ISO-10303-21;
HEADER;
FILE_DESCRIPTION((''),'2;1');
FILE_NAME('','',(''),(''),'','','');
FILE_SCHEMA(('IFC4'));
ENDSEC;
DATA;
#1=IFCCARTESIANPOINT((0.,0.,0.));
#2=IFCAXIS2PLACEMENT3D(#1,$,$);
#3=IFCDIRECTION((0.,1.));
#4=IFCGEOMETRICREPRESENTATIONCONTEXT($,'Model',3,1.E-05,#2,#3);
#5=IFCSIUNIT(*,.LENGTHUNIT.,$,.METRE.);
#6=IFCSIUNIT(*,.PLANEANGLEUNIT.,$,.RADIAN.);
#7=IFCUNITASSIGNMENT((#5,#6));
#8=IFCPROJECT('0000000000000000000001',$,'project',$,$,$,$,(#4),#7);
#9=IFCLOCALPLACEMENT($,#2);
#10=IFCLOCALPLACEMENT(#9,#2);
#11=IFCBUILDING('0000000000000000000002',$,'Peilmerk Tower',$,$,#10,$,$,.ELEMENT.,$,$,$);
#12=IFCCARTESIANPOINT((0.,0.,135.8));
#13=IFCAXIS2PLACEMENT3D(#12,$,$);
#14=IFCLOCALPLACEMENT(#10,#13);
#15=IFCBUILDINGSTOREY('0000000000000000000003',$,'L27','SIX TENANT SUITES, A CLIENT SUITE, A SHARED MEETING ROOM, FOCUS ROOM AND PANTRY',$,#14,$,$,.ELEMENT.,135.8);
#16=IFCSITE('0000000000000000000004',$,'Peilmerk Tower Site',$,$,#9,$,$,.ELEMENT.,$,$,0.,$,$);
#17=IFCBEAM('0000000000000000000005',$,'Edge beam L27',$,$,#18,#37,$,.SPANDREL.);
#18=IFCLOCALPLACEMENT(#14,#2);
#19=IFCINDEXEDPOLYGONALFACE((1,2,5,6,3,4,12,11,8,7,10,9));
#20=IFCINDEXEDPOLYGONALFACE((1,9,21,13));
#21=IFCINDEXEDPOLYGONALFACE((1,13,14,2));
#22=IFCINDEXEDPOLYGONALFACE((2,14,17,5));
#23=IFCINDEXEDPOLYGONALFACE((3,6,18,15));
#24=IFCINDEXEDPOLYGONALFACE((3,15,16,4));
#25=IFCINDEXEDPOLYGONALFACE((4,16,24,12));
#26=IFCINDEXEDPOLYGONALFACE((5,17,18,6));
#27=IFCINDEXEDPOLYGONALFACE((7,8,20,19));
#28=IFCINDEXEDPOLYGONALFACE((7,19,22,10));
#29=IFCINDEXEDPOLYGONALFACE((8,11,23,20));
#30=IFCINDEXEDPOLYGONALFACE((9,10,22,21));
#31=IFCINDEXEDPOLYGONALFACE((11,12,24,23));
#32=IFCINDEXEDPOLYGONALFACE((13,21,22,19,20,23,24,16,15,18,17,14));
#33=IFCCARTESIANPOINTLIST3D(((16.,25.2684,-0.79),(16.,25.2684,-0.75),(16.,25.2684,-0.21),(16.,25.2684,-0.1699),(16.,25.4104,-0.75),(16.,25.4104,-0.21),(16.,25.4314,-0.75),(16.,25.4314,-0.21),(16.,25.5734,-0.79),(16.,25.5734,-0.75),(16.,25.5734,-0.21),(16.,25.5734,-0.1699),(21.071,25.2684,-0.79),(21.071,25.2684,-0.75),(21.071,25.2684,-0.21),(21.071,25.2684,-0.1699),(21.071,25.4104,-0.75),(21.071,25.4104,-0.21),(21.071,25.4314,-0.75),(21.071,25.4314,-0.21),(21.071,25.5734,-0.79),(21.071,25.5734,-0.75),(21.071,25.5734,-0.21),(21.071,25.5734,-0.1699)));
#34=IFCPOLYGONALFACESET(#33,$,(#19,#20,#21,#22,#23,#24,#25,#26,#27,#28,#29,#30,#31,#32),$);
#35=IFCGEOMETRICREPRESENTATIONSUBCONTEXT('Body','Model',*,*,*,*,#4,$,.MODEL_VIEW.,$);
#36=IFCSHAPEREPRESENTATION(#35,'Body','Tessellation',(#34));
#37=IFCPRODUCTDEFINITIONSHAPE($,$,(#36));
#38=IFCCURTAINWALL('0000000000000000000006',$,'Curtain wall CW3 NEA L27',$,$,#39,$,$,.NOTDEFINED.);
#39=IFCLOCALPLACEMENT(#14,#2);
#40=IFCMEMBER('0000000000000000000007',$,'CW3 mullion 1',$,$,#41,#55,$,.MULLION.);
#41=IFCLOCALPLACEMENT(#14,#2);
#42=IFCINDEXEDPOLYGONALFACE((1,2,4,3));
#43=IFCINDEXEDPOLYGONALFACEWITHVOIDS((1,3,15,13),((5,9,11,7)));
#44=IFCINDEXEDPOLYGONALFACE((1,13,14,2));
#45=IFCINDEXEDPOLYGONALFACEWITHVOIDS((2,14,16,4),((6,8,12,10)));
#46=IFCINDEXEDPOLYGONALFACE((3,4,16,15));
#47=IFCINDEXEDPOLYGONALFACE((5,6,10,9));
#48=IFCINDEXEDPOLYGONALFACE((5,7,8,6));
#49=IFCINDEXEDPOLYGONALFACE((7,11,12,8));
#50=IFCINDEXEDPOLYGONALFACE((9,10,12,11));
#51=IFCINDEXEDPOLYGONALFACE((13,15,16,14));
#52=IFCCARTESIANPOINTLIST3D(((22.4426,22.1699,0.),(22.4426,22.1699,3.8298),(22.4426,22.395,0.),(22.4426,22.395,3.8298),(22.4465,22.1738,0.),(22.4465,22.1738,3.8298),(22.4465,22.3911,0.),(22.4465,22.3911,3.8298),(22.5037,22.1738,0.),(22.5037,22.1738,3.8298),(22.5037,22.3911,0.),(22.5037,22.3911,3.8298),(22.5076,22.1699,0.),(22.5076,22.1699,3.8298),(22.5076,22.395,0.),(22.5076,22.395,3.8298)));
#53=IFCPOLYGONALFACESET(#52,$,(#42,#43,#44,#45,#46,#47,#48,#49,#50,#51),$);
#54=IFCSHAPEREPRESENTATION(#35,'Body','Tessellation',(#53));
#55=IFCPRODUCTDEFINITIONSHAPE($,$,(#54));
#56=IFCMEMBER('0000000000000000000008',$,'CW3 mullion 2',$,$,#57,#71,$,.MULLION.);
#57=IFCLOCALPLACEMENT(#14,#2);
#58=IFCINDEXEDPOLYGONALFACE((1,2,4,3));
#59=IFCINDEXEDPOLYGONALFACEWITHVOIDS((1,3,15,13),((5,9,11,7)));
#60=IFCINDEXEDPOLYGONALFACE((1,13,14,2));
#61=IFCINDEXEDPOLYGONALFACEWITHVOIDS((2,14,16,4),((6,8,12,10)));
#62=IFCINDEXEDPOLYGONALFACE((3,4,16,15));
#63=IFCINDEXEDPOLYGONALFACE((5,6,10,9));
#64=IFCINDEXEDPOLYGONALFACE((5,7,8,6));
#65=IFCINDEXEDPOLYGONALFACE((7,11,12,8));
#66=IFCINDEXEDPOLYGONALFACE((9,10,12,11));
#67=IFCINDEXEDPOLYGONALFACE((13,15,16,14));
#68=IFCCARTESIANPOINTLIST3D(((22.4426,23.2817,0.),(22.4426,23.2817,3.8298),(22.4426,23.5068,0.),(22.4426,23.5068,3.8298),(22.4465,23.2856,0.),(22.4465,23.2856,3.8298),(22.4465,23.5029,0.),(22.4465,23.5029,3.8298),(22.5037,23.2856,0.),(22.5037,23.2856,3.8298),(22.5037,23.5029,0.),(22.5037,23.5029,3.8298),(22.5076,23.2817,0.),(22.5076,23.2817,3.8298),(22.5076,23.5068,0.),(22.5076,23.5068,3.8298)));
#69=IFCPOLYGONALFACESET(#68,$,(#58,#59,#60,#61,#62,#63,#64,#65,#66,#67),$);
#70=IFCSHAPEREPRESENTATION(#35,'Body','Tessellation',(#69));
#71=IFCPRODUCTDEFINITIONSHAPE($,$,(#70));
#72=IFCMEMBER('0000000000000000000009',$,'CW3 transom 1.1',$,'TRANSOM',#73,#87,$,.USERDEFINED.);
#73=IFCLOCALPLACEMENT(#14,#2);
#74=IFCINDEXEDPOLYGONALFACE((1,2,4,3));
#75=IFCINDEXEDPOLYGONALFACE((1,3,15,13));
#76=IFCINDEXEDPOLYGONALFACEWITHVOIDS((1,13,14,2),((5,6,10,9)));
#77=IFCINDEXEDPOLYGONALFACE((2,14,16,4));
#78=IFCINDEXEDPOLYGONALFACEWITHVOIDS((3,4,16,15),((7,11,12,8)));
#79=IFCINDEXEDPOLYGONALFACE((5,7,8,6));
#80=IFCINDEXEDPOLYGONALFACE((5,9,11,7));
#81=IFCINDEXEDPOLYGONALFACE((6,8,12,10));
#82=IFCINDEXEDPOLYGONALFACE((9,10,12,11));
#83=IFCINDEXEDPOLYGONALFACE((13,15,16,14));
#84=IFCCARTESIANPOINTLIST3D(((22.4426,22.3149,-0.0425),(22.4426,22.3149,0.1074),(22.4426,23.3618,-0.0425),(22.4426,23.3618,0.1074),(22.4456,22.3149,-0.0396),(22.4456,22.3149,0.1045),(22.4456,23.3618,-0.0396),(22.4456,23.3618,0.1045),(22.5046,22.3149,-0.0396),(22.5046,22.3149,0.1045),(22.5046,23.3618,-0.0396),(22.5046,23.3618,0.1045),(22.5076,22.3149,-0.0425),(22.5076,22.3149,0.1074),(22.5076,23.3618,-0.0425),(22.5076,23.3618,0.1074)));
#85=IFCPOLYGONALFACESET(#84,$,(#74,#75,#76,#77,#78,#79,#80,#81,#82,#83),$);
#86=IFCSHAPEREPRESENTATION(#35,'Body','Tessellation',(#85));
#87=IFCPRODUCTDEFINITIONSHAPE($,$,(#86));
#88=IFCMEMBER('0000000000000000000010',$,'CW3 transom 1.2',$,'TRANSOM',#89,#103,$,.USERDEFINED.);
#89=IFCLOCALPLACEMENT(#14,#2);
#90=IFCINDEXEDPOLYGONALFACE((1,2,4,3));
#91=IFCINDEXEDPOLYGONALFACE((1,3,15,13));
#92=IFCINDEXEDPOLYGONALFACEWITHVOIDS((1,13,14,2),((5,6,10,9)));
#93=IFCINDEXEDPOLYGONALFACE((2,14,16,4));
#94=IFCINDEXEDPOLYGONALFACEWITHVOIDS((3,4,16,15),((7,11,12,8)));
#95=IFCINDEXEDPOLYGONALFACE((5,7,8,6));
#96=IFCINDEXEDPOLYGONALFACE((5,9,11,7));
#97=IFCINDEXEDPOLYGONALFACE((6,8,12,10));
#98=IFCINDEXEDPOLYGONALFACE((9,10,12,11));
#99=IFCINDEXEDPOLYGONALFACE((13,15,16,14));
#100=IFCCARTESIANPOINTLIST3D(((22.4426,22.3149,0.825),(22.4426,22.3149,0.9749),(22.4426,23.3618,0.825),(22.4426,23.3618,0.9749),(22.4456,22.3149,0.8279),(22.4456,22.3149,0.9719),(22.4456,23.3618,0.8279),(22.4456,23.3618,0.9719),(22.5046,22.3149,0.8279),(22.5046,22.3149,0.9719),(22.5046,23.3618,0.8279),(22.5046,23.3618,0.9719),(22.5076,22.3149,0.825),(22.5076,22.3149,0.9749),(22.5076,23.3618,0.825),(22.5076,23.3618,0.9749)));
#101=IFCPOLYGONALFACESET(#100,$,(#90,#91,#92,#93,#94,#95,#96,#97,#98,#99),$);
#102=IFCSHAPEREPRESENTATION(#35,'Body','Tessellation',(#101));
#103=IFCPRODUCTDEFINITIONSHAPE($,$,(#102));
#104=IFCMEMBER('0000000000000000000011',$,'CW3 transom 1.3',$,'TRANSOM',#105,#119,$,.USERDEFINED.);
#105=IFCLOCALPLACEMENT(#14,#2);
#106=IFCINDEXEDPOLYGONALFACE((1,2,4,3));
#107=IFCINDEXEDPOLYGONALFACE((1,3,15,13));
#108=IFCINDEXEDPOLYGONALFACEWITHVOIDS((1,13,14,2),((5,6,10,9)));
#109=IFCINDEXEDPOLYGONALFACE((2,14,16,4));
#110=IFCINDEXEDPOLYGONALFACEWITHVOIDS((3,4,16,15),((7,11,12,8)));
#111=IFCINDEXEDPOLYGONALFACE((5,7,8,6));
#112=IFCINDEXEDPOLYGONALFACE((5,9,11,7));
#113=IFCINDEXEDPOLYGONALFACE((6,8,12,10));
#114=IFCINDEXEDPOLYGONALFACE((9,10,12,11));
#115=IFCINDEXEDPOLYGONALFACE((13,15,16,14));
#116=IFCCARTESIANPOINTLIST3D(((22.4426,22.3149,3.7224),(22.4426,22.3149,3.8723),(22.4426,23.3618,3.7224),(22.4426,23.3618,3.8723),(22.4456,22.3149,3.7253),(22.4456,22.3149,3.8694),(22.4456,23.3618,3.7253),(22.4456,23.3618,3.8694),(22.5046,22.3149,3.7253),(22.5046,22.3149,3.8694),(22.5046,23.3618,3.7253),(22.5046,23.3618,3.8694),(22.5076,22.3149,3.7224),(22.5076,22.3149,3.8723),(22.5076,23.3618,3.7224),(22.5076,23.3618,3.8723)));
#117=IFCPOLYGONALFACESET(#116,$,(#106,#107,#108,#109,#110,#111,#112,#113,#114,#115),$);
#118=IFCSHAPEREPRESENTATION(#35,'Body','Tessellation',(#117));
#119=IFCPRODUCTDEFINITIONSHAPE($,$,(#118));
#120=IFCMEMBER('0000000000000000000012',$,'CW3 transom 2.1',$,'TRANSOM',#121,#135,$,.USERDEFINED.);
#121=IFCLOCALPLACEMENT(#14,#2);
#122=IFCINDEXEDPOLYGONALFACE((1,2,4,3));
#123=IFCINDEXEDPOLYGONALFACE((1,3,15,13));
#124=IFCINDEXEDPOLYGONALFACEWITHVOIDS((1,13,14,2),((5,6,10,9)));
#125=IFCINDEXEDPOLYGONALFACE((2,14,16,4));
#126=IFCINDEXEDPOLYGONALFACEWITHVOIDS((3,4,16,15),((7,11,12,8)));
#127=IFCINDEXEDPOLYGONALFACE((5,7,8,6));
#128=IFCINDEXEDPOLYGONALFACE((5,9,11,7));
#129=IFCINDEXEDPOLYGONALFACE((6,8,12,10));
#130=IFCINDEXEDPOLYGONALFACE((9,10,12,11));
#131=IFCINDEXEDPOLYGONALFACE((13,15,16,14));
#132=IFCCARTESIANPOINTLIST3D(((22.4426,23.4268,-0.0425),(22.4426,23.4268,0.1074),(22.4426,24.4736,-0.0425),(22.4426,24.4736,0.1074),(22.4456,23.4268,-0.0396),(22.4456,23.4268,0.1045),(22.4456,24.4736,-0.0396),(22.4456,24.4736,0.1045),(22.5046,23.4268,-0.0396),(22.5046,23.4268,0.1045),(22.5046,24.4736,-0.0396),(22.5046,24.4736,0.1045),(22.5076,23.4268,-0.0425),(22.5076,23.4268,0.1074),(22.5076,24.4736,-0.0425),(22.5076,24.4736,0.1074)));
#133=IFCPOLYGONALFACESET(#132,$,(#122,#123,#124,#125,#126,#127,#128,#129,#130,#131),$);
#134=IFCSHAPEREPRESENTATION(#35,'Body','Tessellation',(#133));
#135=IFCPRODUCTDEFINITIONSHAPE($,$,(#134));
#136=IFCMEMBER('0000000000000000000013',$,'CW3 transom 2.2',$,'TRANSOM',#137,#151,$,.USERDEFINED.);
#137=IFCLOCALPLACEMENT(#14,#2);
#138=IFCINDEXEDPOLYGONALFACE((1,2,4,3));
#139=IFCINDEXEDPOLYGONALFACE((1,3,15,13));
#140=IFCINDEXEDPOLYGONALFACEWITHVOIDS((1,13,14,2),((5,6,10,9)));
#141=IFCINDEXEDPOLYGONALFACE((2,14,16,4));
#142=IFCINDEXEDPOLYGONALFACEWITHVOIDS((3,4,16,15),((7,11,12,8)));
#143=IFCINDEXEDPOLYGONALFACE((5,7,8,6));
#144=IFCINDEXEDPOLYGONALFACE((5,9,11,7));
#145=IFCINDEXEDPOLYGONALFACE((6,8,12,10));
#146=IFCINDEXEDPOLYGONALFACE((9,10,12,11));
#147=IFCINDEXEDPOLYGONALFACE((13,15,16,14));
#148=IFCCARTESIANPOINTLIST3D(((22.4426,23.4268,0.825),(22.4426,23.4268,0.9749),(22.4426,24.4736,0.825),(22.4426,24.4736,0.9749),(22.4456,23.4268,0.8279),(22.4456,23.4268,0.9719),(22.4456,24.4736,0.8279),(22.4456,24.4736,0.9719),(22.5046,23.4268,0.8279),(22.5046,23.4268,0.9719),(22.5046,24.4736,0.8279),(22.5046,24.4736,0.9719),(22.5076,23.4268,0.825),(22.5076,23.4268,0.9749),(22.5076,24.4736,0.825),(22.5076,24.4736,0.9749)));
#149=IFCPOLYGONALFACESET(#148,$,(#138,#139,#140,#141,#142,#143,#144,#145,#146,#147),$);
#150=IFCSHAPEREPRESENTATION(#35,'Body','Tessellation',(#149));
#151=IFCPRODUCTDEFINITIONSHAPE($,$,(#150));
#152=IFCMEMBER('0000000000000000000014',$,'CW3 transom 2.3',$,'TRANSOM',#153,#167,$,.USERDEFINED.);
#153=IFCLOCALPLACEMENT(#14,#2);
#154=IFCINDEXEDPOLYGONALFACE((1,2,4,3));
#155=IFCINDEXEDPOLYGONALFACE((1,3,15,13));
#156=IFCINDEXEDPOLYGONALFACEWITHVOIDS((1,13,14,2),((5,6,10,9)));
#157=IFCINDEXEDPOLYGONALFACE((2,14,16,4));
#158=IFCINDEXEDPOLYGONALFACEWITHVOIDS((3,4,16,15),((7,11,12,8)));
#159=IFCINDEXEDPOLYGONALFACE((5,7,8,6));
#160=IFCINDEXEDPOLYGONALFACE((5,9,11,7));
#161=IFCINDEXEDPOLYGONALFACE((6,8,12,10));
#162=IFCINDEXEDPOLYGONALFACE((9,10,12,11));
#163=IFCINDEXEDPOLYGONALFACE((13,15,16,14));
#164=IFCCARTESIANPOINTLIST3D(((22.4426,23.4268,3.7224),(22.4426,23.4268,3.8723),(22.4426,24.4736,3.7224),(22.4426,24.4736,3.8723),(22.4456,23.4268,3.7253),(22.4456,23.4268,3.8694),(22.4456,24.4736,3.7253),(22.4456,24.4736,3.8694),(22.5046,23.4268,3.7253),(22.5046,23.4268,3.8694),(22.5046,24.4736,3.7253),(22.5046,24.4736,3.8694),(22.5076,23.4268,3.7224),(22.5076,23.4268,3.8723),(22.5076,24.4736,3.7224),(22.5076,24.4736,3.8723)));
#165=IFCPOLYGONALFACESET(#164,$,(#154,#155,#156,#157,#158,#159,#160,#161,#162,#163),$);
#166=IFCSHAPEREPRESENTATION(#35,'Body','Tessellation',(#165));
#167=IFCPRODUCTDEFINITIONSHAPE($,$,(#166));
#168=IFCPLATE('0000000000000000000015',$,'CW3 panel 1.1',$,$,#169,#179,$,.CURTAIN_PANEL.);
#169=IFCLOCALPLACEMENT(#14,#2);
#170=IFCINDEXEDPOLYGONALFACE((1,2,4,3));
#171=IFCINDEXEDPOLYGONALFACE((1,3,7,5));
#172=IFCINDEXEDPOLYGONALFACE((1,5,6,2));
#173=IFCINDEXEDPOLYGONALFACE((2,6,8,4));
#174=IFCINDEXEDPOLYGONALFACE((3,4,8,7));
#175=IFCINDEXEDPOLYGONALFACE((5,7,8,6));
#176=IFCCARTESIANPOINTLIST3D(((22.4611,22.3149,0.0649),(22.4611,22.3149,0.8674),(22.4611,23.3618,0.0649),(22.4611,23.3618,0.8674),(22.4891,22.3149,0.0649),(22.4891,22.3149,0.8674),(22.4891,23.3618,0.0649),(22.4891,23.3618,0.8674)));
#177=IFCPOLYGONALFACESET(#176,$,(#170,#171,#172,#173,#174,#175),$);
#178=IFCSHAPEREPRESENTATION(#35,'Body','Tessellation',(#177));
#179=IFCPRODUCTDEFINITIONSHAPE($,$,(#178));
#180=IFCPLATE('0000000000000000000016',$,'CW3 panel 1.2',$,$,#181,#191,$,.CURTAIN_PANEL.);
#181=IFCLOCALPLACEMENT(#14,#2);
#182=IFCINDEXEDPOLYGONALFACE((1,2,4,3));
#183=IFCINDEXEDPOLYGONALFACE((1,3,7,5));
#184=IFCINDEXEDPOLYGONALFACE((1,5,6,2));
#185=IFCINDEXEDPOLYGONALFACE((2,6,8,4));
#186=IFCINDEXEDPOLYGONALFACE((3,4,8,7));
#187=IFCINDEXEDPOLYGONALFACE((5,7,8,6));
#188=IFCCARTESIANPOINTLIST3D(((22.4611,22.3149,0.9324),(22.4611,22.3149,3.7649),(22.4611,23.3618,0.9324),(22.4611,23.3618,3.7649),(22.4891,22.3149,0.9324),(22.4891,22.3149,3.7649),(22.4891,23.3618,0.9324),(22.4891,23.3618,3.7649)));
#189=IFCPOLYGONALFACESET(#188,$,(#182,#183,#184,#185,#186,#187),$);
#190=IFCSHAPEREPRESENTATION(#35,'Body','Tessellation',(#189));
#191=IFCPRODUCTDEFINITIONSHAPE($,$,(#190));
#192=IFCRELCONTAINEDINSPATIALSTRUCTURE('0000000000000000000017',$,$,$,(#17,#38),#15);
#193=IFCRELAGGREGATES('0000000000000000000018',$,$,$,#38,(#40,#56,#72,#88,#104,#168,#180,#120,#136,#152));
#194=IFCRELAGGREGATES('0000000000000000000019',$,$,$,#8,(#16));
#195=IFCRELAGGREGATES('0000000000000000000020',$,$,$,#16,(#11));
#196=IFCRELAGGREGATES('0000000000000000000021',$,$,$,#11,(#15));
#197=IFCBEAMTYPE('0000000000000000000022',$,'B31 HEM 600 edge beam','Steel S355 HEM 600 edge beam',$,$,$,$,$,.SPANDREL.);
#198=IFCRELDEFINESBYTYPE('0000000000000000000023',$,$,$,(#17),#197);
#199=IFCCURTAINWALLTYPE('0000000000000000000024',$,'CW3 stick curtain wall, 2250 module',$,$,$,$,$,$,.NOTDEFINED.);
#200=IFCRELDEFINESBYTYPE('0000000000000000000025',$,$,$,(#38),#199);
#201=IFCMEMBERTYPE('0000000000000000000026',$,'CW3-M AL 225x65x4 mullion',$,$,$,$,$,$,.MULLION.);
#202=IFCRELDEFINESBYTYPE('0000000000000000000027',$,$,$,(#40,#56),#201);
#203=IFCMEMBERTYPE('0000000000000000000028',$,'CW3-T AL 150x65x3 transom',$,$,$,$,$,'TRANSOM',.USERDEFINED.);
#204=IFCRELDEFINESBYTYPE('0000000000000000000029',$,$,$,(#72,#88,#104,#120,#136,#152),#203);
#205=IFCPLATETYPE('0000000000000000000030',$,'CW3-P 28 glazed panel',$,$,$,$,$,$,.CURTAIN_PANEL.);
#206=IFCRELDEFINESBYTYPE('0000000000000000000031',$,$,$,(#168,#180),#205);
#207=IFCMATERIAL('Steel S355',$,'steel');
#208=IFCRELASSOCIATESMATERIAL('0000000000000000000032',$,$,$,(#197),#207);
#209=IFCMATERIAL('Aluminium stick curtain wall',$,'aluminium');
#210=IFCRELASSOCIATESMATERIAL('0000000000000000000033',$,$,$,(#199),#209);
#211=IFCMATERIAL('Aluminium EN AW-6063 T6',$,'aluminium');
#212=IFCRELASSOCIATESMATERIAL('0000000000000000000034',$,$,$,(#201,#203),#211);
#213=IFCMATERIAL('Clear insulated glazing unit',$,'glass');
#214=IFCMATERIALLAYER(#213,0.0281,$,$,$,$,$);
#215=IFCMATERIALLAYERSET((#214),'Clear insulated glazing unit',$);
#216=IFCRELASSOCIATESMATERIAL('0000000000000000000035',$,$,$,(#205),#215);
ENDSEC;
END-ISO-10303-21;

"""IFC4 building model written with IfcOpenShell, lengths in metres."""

from ifc_helpers import new_model, si_unit, direction, frame, origin, origin_2d, place, context, subcontext, project, spatial, rectangle, hollow_rectangle, i_section, extrude, material, layer, layer_set, material_profile, profile_set, type_object, element, aggregate, save


model = new_model("IFC4")

# Units and contexts
model_context = context("Model", 3, precision=1e-05, world=origin(), true_north=direction((0.0, 1.0)))
body_context = subcontext(model_context, "Body", "Model", "MODEL_VIEW")
ifc_project = project(units=[si_unit("LENGTHUNIT", "METRE"), si_unit("PLANEANGLEUNIT", "RADIAN")], contexts=[model_context])

# Site, building, storey
site_placement = place(None, origin())
site = spatial("IfcSite", under=ifc_project, at=site_placement, Name="Peilmerk Tower Site", CompositionType="ELEMENT", RefElevation=0.0)
building_placement = place(site_placement, origin())
building = spatial("IfcBuilding", under=site, at=building_placement, Name="Peilmerk Tower", CompositionType="ELEMENT")
storey_placement = place(building_placement, frame((0.0, 0.0, 135.8)))
storey = spatial("IfcBuildingStorey", under=building, at=storey_placement, Name="L27", Description="SIX TENANT SUITES, A CLIENT SUITE, A SHARED MEETING ROOM, FOCUS ROOM AND PANTRY", CompositionType="ELEMENT", Elevation=135.8)

# Beam
ifc_material_1 = material(Name="Steel S355", Category="steel")
ifc_material_profile_1 = material_profile(ifc_material_1, i_section(OverallWidth=0.3049, OverallDepth=0.6201, WebThickness=0.021, FlangeThickness=0.04, at=origin_2d()), Name="HEM 600")
ifc_profile_set_1 = profile_set([ifc_material_profile_1], Name="Steel S355")
beam_type_1 = type_object("IfcBeamType", Name="B31 HEM 600 edge beam", Description="Steel S355 HEM 600 edge beam", PredefinedType="SPANDREL", material=ifc_profile_set_1)
beam_1_placement = place(storey_placement, frame((21.071, 25.4209, -0.48), z_axis=(-1.0, 0.0, 0.0), x_axis=(0.0, -1.0, 0.0)))
element("IfcBeam", 1, at=beam_1_placement, inside=storey, type_object=beam_type_1, Name="Edge beam L27", PredefinedType="SPANDREL", context=body_context, shape_type="SweptSolid", body=[
    extrude(i_section(OverallWidth=0.3049, OverallDepth=0.6201, WebThickness=0.021, FlangeThickness=0.04, at=origin_2d()), origin(), (0.0, 0.0, 1.0), 5.071),
])

# Curtain wall, members, plates
ifc_material_2 = material(Name="Aluminium stick curtain wall", Category="aluminium")
curtain_wall_type = type_object("IfcCurtainWallType", Name="CW3 stick curtain wall, 2250 module", PredefinedType="NOTDEFINED", material=ifc_material_2)
curtain_wall_placement = place(storey_placement, origin())
curtain_wall = element("IfcCurtainWall", 2, at=curtain_wall_placement, inside=storey, type_object=curtain_wall_type, Name="Curtain wall CW3 NEA L27", PredefinedType="NOTDEFINED")
ifc_material_3 = material(Name="Aluminium EN AW-6063 T6", Category="aluminium")
ifc_material_profile_2 = material_profile(ifc_material_3, hollow_rectangle(XDim=0.0649, YDim=0.2251, WallThickness=0.0039, at=origin_2d()), Name="AL 225x65x4")
ifc_profile_set_2 = profile_set([ifc_material_profile_2], Name="Aluminium EN AW-6063 T6")
member_type_1 = type_object("IfcMemberType", Name="CW3-M AL 225x65x4 mullion", PredefinedType="MULLION", material=ifc_profile_set_2)
member_1_placement = place(storey_placement, frame((22.4751, 22.2825, 0.0), z_axis=(0.0, 0.0, 1.0), x_axis=(-1.0, 0.0, 0.0)))
member_1 = element("IfcMember", 3, at=member_1_placement, type_object=member_type_1, Name="CW3 mullion 1", PredefinedType="MULLION", context=body_context, shape_type="SweptSolid", body=[
    extrude(hollow_rectangle(XDim=0.0649, YDim=0.2251, WallThickness=0.0039, at=origin_2d()), origin(), (0.0, 0.0, 1.0), 3.8298),
])
member_2_placement = place(storey_placement, frame((22.4751, 23.3943, 0.0), z_axis=(0.0, 0.0, 1.0), x_axis=(-1.0, 0.0, 0.0)))
member_2 = element("IfcMember", 4, at=member_2_placement, type_object=member_type_1, Name="CW3 mullion 2", PredefinedType="MULLION", context=body_context, shape_type="SweptSolid", body=[
    extrude(hollow_rectangle(XDim=0.0649, YDim=0.2251, WallThickness=0.0039, at=origin_2d()), origin(), (0.0, 0.0, 1.0), 3.8298),
])
ifc_material_profile_3 = material_profile(ifc_material_3, hollow_rectangle(XDim=0.0649, YDim=0.1499, WallThickness=0.0029, at=origin_2d()), Name="AL 150x65x3")
ifc_profile_set_3 = profile_set([ifc_material_profile_3], Name="Aluminium EN AW-6063 T6")
member_type_2 = type_object("IfcMemberType", Name="CW3-T AL 150x65x3 transom", ElementType="TRANSOM", PredefinedType="USERDEFINED", material=ifc_profile_set_3)
member_3_placement = place(storey_placement, frame((22.4751, 22.3149, 0.0325), z_axis=(0.0, 1.0, 0.0), x_axis=(-1.0, 0.0, 0.0)))
member_3 = element("IfcMember", 5, at=member_3_placement, type_object=member_type_2, Name="CW3 transom 1.1", ObjectType="TRANSOM", PredefinedType="USERDEFINED", context=body_context, shape_type="SweptSolid", body=[
    extrude(hollow_rectangle(XDim=0.0649, YDim=0.1499, WallThickness=0.0029, at=origin_2d()), origin(), (0.0, 0.0, 1.0), 1.0469),
])
member_4_placement = place(storey_placement, frame((22.4751, 22.3149, 0.8999), z_axis=(0.0, 1.0, 0.0), x_axis=(-1.0, 0.0, 0.0)))
member_4 = element("IfcMember", 6, at=member_4_placement, type_object=member_type_2, Name="CW3 transom 1.2", ObjectType="TRANSOM", PredefinedType="USERDEFINED", context=body_context, shape_type="SweptSolid", body=[
    extrude(hollow_rectangle(XDim=0.0649, YDim=0.1499, WallThickness=0.0029, at=origin_2d()), origin(), (0.0, 0.0, 1.0), 1.0469),
])
member_5_placement = place(storey_placement, frame((22.4751, 22.3149, 3.7974), z_axis=(0.0, 1.0, 0.0), x_axis=(-1.0, 0.0, 0.0)))
member_5 = element("IfcMember", 7, at=member_5_placement, type_object=member_type_2, Name="CW3 transom 1.3", ObjectType="TRANSOM", PredefinedType="USERDEFINED", context=body_context, shape_type="SweptSolid", body=[
    extrude(hollow_rectangle(XDim=0.0649, YDim=0.1499, WallThickness=0.0029, at=origin_2d()), origin(), (0.0, 0.0, 1.0), 1.0469),
])
member_6_placement = place(storey_placement, frame((22.4751, 23.4268, 0.0325), z_axis=(0.0, 1.0, 0.0), x_axis=(-1.0, 0.0, 0.0)))
member_6 = element("IfcMember", 8, at=member_6_placement, type_object=member_type_2, Name="CW3 transom 2.1", ObjectType="TRANSOM", PredefinedType="USERDEFINED", context=body_context, shape_type="SweptSolid", body=[
    extrude(hollow_rectangle(XDim=0.0649, YDim=0.1499, WallThickness=0.0029, at=origin_2d()), origin(), (0.0, 0.0, 1.0), 1.0469),
])
member_7_placement = place(storey_placement, frame((22.4751, 23.4268, 0.8999), z_axis=(0.0, 1.0, 0.0), x_axis=(-1.0, 0.0, 0.0)))
member_7 = element("IfcMember", 9, at=member_7_placement, type_object=member_type_2, Name="CW3 transom 2.2", ObjectType="TRANSOM", PredefinedType="USERDEFINED", context=body_context, shape_type="SweptSolid", body=[
    extrude(hollow_rectangle(XDim=0.0649, YDim=0.1499, WallThickness=0.0029, at=origin_2d()), origin(), (0.0, 0.0, 1.0), 1.0469),
])
member_8_placement = place(storey_placement, frame((22.4751, 23.4268, 3.7974), z_axis=(0.0, 1.0, 0.0), x_axis=(-1.0, 0.0, 0.0)))
member_8 = element("IfcMember", 10, at=member_8_placement, type_object=member_type_2, Name="CW3 transom 2.3", ObjectType="TRANSOM", PredefinedType="USERDEFINED", context=body_context, shape_type="SweptSolid", body=[
    extrude(hollow_rectangle(XDim=0.0649, YDim=0.1499, WallThickness=0.0029, at=origin_2d()), origin(), (0.0, 0.0, 1.0), 1.0469),
])
ifc_material_4 = material(Name="Clear insulated glazing unit", Category="glass")
ifc_layer = layer(ifc_material_4, 0.0281)
ifc_layer_set = layer_set([ifc_layer], Name="Clear insulated glazing unit")
plate_type = type_object("IfcPlateType", Name="CW3-P 28 glazed panel", PredefinedType="CURTAIN_PANEL", material=ifc_layer_set)
plate_1_placement = place(storey_placement, frame((22.4751, 22.8384, 0.0649), z_axis=(0.0, 0.0, 1.0), x_axis=(0.0, 1.0, 0.0)))
plate_1 = element("IfcPlate", 11, at=plate_1_placement, type_object=plate_type, Name="CW3 panel 1.1", PredefinedType="CURTAIN_PANEL", context=body_context, shape_type="SweptSolid", body=[
    extrude(rectangle(XDim=1.0469, YDim=0.0281, at=origin_2d()), origin(), (0.0, 0.0, 1.0), 0.8025),
])
plate_2_placement = place(storey_placement, frame((22.4751, 22.8384, 0.9324), z_axis=(0.0, 0.0, 1.0), x_axis=(0.0, 1.0, 0.0)))
plate_2 = element("IfcPlate", 12, at=plate_2_placement, type_object=plate_type, Name="CW3 panel 1.2", PredefinedType="CURTAIN_PANEL", context=body_context, shape_type="SweptSolid", body=[
    extrude(rectangle(XDim=1.0469, YDim=0.0281, at=origin_2d()), origin(), (0.0, 0.0, 1.0), 2.8325),
])
aggregate(curtain_wall, [member_1, member_2, member_3, member_4, member_5, plate_1, plate_2, member_6, member_7, member_8])

save(model, "model.ifc")
